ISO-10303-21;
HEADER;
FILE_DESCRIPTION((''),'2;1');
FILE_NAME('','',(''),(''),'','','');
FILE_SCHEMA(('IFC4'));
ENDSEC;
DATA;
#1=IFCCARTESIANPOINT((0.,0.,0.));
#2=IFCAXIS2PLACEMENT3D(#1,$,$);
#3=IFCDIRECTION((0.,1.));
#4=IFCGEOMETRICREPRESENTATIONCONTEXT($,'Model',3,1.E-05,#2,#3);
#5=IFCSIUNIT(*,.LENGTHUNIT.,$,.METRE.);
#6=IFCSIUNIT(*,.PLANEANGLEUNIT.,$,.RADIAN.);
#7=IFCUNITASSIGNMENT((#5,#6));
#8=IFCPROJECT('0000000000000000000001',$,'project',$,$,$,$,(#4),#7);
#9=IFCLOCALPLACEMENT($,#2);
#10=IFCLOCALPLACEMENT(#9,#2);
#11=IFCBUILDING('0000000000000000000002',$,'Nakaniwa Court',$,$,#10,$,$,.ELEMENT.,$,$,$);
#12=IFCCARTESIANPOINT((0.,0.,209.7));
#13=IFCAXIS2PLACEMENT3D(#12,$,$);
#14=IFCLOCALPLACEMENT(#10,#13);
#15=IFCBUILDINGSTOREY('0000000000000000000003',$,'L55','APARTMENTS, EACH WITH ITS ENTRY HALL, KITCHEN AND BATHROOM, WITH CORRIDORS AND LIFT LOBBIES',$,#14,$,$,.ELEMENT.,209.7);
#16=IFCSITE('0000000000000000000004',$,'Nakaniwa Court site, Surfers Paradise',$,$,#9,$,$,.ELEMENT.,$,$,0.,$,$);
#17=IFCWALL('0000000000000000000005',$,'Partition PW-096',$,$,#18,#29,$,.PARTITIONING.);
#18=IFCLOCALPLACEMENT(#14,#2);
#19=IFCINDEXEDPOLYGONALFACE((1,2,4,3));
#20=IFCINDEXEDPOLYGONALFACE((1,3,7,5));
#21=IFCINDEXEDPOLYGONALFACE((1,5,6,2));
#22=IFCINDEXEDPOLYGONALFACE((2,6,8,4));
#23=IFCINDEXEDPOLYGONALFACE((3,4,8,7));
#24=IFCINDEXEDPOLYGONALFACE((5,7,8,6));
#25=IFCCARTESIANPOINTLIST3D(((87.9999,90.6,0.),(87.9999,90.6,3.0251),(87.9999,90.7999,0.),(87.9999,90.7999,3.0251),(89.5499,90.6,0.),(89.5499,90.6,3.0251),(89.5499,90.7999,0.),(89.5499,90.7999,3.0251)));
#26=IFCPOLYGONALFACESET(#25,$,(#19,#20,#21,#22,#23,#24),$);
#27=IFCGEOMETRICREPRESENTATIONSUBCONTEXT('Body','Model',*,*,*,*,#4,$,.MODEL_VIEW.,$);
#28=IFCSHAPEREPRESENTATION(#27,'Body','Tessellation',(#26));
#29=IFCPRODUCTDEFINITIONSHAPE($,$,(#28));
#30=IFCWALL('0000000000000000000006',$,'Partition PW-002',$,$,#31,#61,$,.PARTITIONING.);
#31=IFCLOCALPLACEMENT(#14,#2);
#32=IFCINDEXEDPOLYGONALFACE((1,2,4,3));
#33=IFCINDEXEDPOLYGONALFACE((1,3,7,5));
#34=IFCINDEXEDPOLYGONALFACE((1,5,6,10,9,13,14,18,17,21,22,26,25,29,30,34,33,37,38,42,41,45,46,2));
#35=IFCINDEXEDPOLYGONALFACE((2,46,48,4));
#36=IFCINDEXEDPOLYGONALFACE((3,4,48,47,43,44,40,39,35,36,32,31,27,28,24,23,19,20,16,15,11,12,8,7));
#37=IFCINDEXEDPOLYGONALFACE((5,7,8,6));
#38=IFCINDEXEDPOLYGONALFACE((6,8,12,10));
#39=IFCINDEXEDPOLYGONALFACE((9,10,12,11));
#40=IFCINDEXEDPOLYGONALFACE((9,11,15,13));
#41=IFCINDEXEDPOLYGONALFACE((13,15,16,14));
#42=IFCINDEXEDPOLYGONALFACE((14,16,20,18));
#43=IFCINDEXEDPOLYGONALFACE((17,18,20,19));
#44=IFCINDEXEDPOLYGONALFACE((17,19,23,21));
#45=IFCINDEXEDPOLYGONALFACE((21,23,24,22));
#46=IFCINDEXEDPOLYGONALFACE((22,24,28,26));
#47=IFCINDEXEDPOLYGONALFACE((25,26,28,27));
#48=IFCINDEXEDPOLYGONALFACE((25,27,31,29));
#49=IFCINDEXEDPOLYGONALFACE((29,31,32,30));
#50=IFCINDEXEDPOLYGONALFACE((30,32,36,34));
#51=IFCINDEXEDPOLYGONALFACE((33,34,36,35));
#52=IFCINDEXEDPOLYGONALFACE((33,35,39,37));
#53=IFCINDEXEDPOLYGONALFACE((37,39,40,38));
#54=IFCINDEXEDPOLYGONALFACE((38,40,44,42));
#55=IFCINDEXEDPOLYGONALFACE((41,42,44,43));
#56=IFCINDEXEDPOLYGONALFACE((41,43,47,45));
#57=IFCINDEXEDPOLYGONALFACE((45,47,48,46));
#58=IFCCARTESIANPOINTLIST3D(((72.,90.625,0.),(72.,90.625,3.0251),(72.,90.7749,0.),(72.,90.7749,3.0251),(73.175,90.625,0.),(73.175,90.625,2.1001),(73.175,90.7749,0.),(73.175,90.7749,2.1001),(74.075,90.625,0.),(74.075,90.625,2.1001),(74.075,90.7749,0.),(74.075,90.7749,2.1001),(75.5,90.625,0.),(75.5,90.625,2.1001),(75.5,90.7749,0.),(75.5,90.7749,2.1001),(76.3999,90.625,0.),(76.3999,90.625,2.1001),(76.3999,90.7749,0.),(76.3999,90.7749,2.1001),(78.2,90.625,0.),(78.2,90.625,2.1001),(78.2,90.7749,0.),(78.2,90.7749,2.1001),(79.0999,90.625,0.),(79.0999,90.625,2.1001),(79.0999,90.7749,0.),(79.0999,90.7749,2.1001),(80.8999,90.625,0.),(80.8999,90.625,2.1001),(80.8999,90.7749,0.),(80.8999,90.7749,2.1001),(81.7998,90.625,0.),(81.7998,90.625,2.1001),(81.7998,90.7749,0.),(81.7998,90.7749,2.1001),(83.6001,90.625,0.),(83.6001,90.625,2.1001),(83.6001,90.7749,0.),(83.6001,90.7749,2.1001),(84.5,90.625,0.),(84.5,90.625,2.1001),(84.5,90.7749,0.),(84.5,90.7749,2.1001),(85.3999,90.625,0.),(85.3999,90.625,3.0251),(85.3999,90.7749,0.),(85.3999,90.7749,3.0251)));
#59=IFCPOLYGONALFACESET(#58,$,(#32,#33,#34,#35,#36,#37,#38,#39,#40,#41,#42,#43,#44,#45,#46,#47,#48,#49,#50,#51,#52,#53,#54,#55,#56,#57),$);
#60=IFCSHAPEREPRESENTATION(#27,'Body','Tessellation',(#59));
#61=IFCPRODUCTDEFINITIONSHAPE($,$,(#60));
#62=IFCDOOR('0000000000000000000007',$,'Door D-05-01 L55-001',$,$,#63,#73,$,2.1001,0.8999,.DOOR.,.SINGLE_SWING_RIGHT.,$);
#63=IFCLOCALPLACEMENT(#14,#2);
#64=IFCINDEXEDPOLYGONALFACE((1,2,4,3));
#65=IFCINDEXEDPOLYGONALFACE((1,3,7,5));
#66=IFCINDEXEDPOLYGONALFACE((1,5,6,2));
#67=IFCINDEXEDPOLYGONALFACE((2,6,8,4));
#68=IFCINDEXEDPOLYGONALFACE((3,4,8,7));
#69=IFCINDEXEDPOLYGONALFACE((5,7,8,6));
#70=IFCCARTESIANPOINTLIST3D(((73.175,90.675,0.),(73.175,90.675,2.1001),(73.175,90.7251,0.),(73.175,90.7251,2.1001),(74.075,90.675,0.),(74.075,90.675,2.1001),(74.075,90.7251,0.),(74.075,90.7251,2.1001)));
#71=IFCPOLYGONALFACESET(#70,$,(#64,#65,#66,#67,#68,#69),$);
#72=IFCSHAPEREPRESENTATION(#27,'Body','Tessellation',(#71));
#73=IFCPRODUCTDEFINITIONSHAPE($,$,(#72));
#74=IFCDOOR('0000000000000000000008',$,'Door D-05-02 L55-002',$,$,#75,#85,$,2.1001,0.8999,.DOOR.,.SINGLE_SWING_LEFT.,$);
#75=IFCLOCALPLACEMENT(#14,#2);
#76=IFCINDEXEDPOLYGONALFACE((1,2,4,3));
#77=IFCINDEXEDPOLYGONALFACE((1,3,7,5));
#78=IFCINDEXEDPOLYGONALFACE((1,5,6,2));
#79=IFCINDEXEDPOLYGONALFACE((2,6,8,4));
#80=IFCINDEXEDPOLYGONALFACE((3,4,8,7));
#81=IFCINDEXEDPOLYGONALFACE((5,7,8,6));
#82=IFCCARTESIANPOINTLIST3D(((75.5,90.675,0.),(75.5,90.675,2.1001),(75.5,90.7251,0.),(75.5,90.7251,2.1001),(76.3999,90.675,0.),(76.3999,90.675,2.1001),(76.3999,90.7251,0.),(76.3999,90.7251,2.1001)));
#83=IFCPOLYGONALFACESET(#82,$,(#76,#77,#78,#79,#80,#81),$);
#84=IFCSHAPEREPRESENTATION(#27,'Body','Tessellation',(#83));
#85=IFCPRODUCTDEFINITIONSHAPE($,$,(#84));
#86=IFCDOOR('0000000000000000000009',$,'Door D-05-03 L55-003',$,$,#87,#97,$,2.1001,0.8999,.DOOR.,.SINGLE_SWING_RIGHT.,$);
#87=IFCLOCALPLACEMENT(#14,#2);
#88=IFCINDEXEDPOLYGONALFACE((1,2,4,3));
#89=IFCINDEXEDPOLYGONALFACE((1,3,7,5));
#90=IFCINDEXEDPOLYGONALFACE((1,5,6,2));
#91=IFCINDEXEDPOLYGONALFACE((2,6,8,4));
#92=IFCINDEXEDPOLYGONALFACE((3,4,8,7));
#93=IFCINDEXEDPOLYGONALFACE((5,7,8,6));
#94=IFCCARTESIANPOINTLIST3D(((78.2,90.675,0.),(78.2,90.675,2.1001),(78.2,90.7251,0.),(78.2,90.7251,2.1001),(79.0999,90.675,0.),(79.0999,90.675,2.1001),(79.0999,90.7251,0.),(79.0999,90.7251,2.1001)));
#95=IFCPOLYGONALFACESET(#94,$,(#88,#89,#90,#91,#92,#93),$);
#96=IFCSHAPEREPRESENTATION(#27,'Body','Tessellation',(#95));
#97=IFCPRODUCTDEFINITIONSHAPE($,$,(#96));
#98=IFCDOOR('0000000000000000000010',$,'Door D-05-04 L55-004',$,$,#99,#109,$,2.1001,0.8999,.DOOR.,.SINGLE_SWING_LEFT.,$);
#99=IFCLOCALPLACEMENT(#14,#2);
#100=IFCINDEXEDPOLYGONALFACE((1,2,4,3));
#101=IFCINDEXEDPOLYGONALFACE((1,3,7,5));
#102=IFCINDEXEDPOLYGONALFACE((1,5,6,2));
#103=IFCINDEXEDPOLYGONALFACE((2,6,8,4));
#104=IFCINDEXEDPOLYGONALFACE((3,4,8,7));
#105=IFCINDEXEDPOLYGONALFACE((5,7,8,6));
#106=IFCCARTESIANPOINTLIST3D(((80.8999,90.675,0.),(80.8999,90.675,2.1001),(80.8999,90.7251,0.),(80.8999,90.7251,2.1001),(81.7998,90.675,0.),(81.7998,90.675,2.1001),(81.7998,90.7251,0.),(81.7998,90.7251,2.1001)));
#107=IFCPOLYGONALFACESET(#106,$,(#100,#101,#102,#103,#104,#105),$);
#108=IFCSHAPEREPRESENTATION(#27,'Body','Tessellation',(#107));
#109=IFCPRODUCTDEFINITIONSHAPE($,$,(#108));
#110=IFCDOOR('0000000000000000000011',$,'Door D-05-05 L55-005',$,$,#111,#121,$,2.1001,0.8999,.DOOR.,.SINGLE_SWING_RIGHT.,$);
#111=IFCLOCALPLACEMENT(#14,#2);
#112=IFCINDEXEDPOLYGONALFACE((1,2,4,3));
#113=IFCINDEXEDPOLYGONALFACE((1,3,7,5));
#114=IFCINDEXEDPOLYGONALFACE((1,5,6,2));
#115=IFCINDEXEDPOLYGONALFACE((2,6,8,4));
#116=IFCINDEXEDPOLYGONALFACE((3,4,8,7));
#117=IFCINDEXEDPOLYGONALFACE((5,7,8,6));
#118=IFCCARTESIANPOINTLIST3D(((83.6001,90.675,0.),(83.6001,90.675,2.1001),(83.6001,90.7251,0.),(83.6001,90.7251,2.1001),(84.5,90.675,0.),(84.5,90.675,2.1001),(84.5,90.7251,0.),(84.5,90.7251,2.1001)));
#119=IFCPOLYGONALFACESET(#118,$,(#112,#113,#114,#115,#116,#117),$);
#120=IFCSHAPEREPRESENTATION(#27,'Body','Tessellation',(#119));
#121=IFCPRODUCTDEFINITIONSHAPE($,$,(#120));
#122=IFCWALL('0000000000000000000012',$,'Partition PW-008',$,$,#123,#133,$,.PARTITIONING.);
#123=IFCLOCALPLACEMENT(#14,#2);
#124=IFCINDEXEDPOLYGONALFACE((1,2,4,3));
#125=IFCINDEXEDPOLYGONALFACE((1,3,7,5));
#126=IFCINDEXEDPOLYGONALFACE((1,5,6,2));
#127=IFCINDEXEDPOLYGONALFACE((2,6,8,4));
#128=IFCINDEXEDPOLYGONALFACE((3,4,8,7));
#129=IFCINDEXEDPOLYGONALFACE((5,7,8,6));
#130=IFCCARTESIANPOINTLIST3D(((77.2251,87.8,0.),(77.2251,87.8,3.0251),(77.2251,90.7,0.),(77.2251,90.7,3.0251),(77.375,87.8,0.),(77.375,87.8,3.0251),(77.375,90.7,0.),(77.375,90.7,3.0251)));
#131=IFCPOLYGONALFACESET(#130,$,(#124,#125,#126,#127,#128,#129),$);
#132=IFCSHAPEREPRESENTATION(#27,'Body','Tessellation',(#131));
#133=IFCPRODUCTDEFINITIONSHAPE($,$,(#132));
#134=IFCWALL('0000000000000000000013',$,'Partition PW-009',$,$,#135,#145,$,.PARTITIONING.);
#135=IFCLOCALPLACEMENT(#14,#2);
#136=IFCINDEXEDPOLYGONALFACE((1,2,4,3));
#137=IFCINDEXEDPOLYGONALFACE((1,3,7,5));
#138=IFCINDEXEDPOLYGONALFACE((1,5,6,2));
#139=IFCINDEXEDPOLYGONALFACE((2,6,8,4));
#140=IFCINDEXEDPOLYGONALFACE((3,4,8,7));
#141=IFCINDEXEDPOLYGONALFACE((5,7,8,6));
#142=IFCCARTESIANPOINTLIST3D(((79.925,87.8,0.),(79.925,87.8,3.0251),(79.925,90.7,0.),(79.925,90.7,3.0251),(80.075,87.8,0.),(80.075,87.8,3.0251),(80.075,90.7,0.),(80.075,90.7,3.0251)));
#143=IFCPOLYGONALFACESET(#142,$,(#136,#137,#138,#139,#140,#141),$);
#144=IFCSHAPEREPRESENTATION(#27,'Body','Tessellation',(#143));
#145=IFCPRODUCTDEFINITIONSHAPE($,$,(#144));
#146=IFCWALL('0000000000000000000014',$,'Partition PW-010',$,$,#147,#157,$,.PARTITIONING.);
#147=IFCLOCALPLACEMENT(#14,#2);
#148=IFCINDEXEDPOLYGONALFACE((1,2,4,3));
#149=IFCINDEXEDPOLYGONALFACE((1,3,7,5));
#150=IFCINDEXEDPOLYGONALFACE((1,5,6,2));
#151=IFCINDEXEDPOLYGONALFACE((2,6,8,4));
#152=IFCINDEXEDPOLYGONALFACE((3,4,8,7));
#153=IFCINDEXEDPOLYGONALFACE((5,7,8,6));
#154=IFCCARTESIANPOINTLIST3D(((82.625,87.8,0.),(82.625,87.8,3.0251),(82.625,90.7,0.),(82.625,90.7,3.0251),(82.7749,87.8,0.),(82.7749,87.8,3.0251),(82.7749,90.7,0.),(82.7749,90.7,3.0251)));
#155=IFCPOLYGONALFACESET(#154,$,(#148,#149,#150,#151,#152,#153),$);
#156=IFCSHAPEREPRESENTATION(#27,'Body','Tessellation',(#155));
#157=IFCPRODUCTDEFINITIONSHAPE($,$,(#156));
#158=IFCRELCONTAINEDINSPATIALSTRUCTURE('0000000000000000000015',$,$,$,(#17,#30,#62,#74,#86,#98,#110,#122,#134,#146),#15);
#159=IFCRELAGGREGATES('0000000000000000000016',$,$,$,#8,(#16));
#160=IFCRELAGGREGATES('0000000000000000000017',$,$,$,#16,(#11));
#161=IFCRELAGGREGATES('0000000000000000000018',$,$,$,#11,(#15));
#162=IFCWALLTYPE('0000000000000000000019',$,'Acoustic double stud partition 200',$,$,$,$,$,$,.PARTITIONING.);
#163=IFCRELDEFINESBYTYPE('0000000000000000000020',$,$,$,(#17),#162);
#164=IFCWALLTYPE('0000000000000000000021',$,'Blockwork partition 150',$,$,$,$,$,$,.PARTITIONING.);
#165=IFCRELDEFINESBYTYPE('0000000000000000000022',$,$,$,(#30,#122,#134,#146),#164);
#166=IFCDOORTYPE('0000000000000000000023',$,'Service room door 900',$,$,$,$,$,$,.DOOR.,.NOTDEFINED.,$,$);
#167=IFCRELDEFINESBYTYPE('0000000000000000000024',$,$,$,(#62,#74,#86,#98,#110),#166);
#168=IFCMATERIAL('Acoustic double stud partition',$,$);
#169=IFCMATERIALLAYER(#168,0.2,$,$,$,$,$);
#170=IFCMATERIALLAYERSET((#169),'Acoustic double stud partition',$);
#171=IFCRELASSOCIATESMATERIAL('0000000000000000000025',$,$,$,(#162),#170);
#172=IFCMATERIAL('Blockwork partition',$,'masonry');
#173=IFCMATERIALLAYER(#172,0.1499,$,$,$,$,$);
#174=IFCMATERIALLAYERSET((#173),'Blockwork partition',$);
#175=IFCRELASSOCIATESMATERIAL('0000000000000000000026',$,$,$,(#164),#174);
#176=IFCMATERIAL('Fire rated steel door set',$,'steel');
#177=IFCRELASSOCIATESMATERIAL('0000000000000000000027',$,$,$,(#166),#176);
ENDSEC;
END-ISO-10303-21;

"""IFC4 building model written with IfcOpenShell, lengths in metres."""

from ifc_helpers import new_model, si_unit, direction, frame, frame_2d, origin, place, context, subcontext, project, spatial, rectangle, extrude, material, layer, layer_set, type_object, element, fill, save


model = new_model("IFC4")

# Units and contexts
model_context = context("Model", 3, precision=1e-05, world=origin(), true_north=direction((0.0, 1.0)))
body_context = subcontext(model_context, "Body", "Model", "MODEL_VIEW")
ifc_project = project(units=[si_unit("LENGTHUNIT", "METRE"), si_unit("PLANEANGLEUNIT", "RADIAN")], contexts=[model_context])

# Site, building, storey
site_placement = place(None, origin())
site = spatial("IfcSite", under=ifc_project, at=site_placement, Name="Nakaniwa Court site, Surfers Paradise", CompositionType="ELEMENT", RefElevation=0.0)
building_placement = place(site_placement, origin())
building = spatial("IfcBuilding", under=site, at=building_placement, Name="Nakaniwa Court", CompositionType="ELEMENT")
storey_placement = place(building_placement, frame((0.0, 0.0, 209.7)))
storey = spatial("IfcBuildingStorey", under=building, at=storey_placement, Name="L55", Description="APARTMENTS, EACH WITH ITS ENTRY HALL, KITCHEN AND BATHROOM, WITH CORRIDORS AND LIFT LOBBIES", CompositionType="ELEMENT", Elevation=209.7)

# Wall
ifc_material_1 = material(Name="Acoustic double stud partition")
ifc_layer_1 = layer(ifc_material_1, 0.2)
ifc_layer_set_1 = layer_set([ifc_layer_1], Name="Acoustic double stud partition")
wall_type_1 = type_object("IfcWallType", Name="Acoustic double stud partition 200", PredefinedType="PARTITIONING", material=ifc_layer_set_1)
wall_1_placement = place(storey_placement, frame((88.0, 90.7, 0.0), z_axis=(0.0, 0.0, 1.0), x_axis=(1.0, 0.0, 0.0)))
element("IfcWall", 1, at=wall_1_placement, inside=storey, type_object=wall_type_1, Name="Partition PW-096", PredefinedType="PARTITIONING", context=body_context, shape_type="SweptSolid", body=[
    extrude(rectangle(XDim=1.55, YDim=0.2, at=frame_2d((0.7749, 0.0))), origin(), (0.0, 0.0, 1.0), 3.0251),
])

# Wall, openings, doors
ifc_material_2 = material(Name="Blockwork partition", Category="masonry")
ifc_layer_2 = layer(ifc_material_2, 0.1499)
ifc_layer_set_2 = layer_set([ifc_layer_2], Name="Blockwork partition")
wall_type_2 = type_object("IfcWallType", Name="Blockwork partition 150", PredefinedType="PARTITIONING", material=ifc_layer_set_2)
wall_2_placement = place(storey_placement, frame((85.3999, 90.7, 0.0), z_axis=(0.0, 0.0, 1.0), x_axis=(-1.0, 0.0, 0.0)))
wall_2 = element("IfcWall", 2, at=wall_2_placement, inside=storey, type_object=wall_type_2, Name="Partition PW-002", PredefinedType="PARTITIONING", context=body_context, shape_type="SweptSolid", body=[
    extrude(rectangle(XDim=13.3999, YDim=0.1499, at=frame_2d((6.7, 0.0))), origin(), (0.0, 0.0, 1.0), 3.0251),
])
opening_1_placement = place(wall_2_placement, frame((11.325, 0.0, 0.0)))
opening_1 = element("IfcOpeningElement", 3, at=opening_1_placement, cuts=wall_2, PredefinedType="OPENING", context=body_context, shape_type="SweptSolid", body=[
    extrude(rectangle(XDim=0.8999, YDim=2.1001, at=frame_2d((0.45, 1.05))), frame((0.0, 0.085, 0.0), z_axis=(0.0, -1.0, 0.0), x_axis=(1.0, 0.0, 0.0)), (0.0, 0.0, 1.0), 0.1699),
])
opening_2_placement = place(wall_2_placement, frame((9.0, 0.0, 0.0)))
opening_2 = element("IfcOpeningElement", 4, at=opening_2_placement, cuts=wall_2, PredefinedType="OPENING", context=body_context, shape_type="SweptSolid", body=[
    extrude(rectangle(XDim=0.8999, YDim=2.1001, at=frame_2d((0.45, 1.05))), frame((0.0, 0.085, 0.0), z_axis=(0.0, -1.0, 0.0), x_axis=(1.0, 0.0, 0.0)), (0.0, 0.0, 1.0), 0.1699),
])
opening_3_placement = place(wall_2_placement, frame((6.3, 0.0, 0.0)))
opening_3 = element("IfcOpeningElement", 5, at=opening_3_placement, cuts=wall_2, PredefinedType="OPENING", context=body_context, shape_type="SweptSolid", body=[
    extrude(rectangle(XDim=0.8999, YDim=2.1001, at=frame_2d((0.45, 1.05))), frame((0.0, 0.085, 0.0), z_axis=(0.0, -1.0, 0.0), x_axis=(1.0, 0.0, 0.0)), (0.0, 0.0, 1.0), 0.1699),
])
opening_4_placement = place(wall_2_placement, frame((3.6001, 0.0, 0.0)))
opening_4 = element("IfcOpeningElement", 6, at=opening_4_placement, cuts=wall_2, PredefinedType="OPENING", context=body_context, shape_type="SweptSolid", body=[
    extrude(rectangle(XDim=0.8999, YDim=2.1001, at=frame_2d((0.45, 1.05))), frame((0.0, 0.085, 0.0), z_axis=(0.0, -1.0, 0.0), x_axis=(1.0, 0.0, 0.0)), (0.0, 0.0, 1.0), 0.1699),
])
opening_5_placement = place(wall_2_placement, frame((0.8999, 0.0, 0.0)))
opening_5 = element("IfcOpeningElement", 7, at=opening_5_placement, cuts=wall_2, PredefinedType="OPENING", context=body_context, shape_type="SweptSolid", body=[
    extrude(rectangle(XDim=0.8999, YDim=2.1001, at=frame_2d((0.45, 1.05))), frame((0.0, 0.085, 0.0), z_axis=(0.0, -1.0, 0.0), x_axis=(1.0, 0.0, 0.0)), (0.0, 0.0, 1.0), 0.1699),
])
ifc_material_3 = material(Name="Fire rated steel door set", Category="steel")
door_type_1 = type_object("IfcDoorType", Name="Service room door 900", OperationType="NOTDEFINED", PredefinedType="DOOR", material=ifc_material_3)
door_1_placement = place(opening_1_placement, origin())
door_1 = element("IfcDoor", 8, at=door_1_placement, inside=storey, type_object=door_type_1, Name="Door D-05-01 L55-001", OperationType="SINGLE_SWING_RIGHT", OverallHeight=2.1001, OverallWidth=0.8999, PredefinedType="DOOR", context=body_context, shape_type="SweptSolid", body=[
    extrude(rectangle(XDim=0.8999, YDim=2.1001, at=frame_2d((0.45, 1.05))), frame((0.0, 0.0249, 0.0), z_axis=(0.0, -1.0, 0.0), x_axis=(1.0, 0.0, 0.0)), (0.0, 0.0, 1.0), 0.05),
])
fill(opening_1, door_1)
door_2_placement = place(opening_2_placement, origin())
door_2 = element("IfcDoor", 9, at=door_2_placement, inside=storey, type_object=door_type_1, Name="Door D-05-02 L55-002", OperationType="SINGLE_SWING_LEFT", OverallHeight=2.1001, OverallWidth=0.8999, PredefinedType="DOOR", context=body_context, shape_type="SweptSolid", body=[
    extrude(rectangle(XDim=0.8999, YDim=2.1001, at=frame_2d((0.45, 1.05))), frame((0.0, 0.0249, 0.0), z_axis=(0.0, -1.0, 0.0), x_axis=(1.0, 0.0, 0.0)), (0.0, 0.0, 1.0), 0.05),
])
fill(opening_2, door_2)
door_3_placement = place(opening_3_placement, origin())
door_3 = element("IfcDoor", 10, at=door_3_placement, inside=storey, type_object=door_type_1, Name="Door D-05-03 L55-003", OperationType="SINGLE_SWING_RIGHT", OverallHeight=2.1001, OverallWidth=0.8999, PredefinedType="DOOR", context=body_context, shape_type="SweptSolid", body=[
    extrude(rectangle(XDim=0.8999, YDim=2.1001, at=frame_2d((0.45, 1.05))), frame((0.0, 0.0249, 0.0), z_axis=(0.0, -1.0, 0.0), x_axis=(1.0, 0.0, 0.0)), (0.0, 0.0, 1.0), 0.05),
])
fill(opening_3, door_3)
door_4_placement = place(opening_4_placement, origin())
door_4 = element("IfcDoor", 11, at=door_4_placement, inside=storey, type_object=door_type_1, Name="Door D-05-04 L55-004", OperationType="SINGLE_SWING_LEFT", OverallHeight=2.1001, OverallWidth=0.8999, PredefinedType="DOOR", context=body_context, shape_type="SweptSolid", body=[
    extrude(rectangle(XDim=0.8999, YDim=2.1001, at=frame_2d((0.45, 1.05))), frame((0.0, 0.0249, 0.0), z_axis=(0.0, -1.0, 0.0), x_axis=(1.0, 0.0, 0.0)), (0.0, 0.0, 1.0), 0.05),
])
fill(opening_4, door_4)
door_5_placement = place(opening_5_placement, origin())
door_5 = element("IfcDoor", 12, at=door_5_placement, inside=storey, type_object=door_type_1, Name="Door D-05-05 L55-005", OperationType="SINGLE_SWING_RIGHT", OverallHeight=2.1001, OverallWidth=0.8999, PredefinedType="DOOR", context=body_context, shape_type="SweptSolid", body=[
    extrude(rectangle(XDim=0.8999, YDim=2.1001, at=frame_2d((0.45, 1.05))), frame((0.0, 0.0249, 0.0), z_axis=(0.0, -1.0, 0.0), x_axis=(1.0, 0.0, 0.0)), (0.0, 0.0, 1.0), 0.05),
])
fill(opening_5, door_5)

# Walls
for number, where, z_axis, x_axis, name in (
    (13, (77.3, 87.8, 0.0), (0.0, 0.0, 1.0), (0.0, 1.0, 0.0), "Partition PW-008"),
    (14, (80.0, 87.8, 0.0), (0.0, 0.0, 1.0), (0.0, 1.0, 0.0), "Partition PW-009"),
    (15, (82.7, 87.8, 0.0), (0.0, 0.0, 1.0), (0.0, 1.0, 0.0), "Partition PW-010"),
):
    element("IfcWall", number, at=place(storey_placement, frame(where, z_axis=z_axis, x_axis=x_axis)), inside=storey, type_object=wall_type_2, Name=name, PredefinedType="PARTITIONING", context=body_context, shape_type="SweptSolid", body=[
        extrude(rectangle(XDim=2.8999, YDim=0.1499, at=frame_2d((1.45, 0.0))), origin(), (0.0, 0.0, 1.0), 3.0251),
    ])

save(model, "model.ifc")
